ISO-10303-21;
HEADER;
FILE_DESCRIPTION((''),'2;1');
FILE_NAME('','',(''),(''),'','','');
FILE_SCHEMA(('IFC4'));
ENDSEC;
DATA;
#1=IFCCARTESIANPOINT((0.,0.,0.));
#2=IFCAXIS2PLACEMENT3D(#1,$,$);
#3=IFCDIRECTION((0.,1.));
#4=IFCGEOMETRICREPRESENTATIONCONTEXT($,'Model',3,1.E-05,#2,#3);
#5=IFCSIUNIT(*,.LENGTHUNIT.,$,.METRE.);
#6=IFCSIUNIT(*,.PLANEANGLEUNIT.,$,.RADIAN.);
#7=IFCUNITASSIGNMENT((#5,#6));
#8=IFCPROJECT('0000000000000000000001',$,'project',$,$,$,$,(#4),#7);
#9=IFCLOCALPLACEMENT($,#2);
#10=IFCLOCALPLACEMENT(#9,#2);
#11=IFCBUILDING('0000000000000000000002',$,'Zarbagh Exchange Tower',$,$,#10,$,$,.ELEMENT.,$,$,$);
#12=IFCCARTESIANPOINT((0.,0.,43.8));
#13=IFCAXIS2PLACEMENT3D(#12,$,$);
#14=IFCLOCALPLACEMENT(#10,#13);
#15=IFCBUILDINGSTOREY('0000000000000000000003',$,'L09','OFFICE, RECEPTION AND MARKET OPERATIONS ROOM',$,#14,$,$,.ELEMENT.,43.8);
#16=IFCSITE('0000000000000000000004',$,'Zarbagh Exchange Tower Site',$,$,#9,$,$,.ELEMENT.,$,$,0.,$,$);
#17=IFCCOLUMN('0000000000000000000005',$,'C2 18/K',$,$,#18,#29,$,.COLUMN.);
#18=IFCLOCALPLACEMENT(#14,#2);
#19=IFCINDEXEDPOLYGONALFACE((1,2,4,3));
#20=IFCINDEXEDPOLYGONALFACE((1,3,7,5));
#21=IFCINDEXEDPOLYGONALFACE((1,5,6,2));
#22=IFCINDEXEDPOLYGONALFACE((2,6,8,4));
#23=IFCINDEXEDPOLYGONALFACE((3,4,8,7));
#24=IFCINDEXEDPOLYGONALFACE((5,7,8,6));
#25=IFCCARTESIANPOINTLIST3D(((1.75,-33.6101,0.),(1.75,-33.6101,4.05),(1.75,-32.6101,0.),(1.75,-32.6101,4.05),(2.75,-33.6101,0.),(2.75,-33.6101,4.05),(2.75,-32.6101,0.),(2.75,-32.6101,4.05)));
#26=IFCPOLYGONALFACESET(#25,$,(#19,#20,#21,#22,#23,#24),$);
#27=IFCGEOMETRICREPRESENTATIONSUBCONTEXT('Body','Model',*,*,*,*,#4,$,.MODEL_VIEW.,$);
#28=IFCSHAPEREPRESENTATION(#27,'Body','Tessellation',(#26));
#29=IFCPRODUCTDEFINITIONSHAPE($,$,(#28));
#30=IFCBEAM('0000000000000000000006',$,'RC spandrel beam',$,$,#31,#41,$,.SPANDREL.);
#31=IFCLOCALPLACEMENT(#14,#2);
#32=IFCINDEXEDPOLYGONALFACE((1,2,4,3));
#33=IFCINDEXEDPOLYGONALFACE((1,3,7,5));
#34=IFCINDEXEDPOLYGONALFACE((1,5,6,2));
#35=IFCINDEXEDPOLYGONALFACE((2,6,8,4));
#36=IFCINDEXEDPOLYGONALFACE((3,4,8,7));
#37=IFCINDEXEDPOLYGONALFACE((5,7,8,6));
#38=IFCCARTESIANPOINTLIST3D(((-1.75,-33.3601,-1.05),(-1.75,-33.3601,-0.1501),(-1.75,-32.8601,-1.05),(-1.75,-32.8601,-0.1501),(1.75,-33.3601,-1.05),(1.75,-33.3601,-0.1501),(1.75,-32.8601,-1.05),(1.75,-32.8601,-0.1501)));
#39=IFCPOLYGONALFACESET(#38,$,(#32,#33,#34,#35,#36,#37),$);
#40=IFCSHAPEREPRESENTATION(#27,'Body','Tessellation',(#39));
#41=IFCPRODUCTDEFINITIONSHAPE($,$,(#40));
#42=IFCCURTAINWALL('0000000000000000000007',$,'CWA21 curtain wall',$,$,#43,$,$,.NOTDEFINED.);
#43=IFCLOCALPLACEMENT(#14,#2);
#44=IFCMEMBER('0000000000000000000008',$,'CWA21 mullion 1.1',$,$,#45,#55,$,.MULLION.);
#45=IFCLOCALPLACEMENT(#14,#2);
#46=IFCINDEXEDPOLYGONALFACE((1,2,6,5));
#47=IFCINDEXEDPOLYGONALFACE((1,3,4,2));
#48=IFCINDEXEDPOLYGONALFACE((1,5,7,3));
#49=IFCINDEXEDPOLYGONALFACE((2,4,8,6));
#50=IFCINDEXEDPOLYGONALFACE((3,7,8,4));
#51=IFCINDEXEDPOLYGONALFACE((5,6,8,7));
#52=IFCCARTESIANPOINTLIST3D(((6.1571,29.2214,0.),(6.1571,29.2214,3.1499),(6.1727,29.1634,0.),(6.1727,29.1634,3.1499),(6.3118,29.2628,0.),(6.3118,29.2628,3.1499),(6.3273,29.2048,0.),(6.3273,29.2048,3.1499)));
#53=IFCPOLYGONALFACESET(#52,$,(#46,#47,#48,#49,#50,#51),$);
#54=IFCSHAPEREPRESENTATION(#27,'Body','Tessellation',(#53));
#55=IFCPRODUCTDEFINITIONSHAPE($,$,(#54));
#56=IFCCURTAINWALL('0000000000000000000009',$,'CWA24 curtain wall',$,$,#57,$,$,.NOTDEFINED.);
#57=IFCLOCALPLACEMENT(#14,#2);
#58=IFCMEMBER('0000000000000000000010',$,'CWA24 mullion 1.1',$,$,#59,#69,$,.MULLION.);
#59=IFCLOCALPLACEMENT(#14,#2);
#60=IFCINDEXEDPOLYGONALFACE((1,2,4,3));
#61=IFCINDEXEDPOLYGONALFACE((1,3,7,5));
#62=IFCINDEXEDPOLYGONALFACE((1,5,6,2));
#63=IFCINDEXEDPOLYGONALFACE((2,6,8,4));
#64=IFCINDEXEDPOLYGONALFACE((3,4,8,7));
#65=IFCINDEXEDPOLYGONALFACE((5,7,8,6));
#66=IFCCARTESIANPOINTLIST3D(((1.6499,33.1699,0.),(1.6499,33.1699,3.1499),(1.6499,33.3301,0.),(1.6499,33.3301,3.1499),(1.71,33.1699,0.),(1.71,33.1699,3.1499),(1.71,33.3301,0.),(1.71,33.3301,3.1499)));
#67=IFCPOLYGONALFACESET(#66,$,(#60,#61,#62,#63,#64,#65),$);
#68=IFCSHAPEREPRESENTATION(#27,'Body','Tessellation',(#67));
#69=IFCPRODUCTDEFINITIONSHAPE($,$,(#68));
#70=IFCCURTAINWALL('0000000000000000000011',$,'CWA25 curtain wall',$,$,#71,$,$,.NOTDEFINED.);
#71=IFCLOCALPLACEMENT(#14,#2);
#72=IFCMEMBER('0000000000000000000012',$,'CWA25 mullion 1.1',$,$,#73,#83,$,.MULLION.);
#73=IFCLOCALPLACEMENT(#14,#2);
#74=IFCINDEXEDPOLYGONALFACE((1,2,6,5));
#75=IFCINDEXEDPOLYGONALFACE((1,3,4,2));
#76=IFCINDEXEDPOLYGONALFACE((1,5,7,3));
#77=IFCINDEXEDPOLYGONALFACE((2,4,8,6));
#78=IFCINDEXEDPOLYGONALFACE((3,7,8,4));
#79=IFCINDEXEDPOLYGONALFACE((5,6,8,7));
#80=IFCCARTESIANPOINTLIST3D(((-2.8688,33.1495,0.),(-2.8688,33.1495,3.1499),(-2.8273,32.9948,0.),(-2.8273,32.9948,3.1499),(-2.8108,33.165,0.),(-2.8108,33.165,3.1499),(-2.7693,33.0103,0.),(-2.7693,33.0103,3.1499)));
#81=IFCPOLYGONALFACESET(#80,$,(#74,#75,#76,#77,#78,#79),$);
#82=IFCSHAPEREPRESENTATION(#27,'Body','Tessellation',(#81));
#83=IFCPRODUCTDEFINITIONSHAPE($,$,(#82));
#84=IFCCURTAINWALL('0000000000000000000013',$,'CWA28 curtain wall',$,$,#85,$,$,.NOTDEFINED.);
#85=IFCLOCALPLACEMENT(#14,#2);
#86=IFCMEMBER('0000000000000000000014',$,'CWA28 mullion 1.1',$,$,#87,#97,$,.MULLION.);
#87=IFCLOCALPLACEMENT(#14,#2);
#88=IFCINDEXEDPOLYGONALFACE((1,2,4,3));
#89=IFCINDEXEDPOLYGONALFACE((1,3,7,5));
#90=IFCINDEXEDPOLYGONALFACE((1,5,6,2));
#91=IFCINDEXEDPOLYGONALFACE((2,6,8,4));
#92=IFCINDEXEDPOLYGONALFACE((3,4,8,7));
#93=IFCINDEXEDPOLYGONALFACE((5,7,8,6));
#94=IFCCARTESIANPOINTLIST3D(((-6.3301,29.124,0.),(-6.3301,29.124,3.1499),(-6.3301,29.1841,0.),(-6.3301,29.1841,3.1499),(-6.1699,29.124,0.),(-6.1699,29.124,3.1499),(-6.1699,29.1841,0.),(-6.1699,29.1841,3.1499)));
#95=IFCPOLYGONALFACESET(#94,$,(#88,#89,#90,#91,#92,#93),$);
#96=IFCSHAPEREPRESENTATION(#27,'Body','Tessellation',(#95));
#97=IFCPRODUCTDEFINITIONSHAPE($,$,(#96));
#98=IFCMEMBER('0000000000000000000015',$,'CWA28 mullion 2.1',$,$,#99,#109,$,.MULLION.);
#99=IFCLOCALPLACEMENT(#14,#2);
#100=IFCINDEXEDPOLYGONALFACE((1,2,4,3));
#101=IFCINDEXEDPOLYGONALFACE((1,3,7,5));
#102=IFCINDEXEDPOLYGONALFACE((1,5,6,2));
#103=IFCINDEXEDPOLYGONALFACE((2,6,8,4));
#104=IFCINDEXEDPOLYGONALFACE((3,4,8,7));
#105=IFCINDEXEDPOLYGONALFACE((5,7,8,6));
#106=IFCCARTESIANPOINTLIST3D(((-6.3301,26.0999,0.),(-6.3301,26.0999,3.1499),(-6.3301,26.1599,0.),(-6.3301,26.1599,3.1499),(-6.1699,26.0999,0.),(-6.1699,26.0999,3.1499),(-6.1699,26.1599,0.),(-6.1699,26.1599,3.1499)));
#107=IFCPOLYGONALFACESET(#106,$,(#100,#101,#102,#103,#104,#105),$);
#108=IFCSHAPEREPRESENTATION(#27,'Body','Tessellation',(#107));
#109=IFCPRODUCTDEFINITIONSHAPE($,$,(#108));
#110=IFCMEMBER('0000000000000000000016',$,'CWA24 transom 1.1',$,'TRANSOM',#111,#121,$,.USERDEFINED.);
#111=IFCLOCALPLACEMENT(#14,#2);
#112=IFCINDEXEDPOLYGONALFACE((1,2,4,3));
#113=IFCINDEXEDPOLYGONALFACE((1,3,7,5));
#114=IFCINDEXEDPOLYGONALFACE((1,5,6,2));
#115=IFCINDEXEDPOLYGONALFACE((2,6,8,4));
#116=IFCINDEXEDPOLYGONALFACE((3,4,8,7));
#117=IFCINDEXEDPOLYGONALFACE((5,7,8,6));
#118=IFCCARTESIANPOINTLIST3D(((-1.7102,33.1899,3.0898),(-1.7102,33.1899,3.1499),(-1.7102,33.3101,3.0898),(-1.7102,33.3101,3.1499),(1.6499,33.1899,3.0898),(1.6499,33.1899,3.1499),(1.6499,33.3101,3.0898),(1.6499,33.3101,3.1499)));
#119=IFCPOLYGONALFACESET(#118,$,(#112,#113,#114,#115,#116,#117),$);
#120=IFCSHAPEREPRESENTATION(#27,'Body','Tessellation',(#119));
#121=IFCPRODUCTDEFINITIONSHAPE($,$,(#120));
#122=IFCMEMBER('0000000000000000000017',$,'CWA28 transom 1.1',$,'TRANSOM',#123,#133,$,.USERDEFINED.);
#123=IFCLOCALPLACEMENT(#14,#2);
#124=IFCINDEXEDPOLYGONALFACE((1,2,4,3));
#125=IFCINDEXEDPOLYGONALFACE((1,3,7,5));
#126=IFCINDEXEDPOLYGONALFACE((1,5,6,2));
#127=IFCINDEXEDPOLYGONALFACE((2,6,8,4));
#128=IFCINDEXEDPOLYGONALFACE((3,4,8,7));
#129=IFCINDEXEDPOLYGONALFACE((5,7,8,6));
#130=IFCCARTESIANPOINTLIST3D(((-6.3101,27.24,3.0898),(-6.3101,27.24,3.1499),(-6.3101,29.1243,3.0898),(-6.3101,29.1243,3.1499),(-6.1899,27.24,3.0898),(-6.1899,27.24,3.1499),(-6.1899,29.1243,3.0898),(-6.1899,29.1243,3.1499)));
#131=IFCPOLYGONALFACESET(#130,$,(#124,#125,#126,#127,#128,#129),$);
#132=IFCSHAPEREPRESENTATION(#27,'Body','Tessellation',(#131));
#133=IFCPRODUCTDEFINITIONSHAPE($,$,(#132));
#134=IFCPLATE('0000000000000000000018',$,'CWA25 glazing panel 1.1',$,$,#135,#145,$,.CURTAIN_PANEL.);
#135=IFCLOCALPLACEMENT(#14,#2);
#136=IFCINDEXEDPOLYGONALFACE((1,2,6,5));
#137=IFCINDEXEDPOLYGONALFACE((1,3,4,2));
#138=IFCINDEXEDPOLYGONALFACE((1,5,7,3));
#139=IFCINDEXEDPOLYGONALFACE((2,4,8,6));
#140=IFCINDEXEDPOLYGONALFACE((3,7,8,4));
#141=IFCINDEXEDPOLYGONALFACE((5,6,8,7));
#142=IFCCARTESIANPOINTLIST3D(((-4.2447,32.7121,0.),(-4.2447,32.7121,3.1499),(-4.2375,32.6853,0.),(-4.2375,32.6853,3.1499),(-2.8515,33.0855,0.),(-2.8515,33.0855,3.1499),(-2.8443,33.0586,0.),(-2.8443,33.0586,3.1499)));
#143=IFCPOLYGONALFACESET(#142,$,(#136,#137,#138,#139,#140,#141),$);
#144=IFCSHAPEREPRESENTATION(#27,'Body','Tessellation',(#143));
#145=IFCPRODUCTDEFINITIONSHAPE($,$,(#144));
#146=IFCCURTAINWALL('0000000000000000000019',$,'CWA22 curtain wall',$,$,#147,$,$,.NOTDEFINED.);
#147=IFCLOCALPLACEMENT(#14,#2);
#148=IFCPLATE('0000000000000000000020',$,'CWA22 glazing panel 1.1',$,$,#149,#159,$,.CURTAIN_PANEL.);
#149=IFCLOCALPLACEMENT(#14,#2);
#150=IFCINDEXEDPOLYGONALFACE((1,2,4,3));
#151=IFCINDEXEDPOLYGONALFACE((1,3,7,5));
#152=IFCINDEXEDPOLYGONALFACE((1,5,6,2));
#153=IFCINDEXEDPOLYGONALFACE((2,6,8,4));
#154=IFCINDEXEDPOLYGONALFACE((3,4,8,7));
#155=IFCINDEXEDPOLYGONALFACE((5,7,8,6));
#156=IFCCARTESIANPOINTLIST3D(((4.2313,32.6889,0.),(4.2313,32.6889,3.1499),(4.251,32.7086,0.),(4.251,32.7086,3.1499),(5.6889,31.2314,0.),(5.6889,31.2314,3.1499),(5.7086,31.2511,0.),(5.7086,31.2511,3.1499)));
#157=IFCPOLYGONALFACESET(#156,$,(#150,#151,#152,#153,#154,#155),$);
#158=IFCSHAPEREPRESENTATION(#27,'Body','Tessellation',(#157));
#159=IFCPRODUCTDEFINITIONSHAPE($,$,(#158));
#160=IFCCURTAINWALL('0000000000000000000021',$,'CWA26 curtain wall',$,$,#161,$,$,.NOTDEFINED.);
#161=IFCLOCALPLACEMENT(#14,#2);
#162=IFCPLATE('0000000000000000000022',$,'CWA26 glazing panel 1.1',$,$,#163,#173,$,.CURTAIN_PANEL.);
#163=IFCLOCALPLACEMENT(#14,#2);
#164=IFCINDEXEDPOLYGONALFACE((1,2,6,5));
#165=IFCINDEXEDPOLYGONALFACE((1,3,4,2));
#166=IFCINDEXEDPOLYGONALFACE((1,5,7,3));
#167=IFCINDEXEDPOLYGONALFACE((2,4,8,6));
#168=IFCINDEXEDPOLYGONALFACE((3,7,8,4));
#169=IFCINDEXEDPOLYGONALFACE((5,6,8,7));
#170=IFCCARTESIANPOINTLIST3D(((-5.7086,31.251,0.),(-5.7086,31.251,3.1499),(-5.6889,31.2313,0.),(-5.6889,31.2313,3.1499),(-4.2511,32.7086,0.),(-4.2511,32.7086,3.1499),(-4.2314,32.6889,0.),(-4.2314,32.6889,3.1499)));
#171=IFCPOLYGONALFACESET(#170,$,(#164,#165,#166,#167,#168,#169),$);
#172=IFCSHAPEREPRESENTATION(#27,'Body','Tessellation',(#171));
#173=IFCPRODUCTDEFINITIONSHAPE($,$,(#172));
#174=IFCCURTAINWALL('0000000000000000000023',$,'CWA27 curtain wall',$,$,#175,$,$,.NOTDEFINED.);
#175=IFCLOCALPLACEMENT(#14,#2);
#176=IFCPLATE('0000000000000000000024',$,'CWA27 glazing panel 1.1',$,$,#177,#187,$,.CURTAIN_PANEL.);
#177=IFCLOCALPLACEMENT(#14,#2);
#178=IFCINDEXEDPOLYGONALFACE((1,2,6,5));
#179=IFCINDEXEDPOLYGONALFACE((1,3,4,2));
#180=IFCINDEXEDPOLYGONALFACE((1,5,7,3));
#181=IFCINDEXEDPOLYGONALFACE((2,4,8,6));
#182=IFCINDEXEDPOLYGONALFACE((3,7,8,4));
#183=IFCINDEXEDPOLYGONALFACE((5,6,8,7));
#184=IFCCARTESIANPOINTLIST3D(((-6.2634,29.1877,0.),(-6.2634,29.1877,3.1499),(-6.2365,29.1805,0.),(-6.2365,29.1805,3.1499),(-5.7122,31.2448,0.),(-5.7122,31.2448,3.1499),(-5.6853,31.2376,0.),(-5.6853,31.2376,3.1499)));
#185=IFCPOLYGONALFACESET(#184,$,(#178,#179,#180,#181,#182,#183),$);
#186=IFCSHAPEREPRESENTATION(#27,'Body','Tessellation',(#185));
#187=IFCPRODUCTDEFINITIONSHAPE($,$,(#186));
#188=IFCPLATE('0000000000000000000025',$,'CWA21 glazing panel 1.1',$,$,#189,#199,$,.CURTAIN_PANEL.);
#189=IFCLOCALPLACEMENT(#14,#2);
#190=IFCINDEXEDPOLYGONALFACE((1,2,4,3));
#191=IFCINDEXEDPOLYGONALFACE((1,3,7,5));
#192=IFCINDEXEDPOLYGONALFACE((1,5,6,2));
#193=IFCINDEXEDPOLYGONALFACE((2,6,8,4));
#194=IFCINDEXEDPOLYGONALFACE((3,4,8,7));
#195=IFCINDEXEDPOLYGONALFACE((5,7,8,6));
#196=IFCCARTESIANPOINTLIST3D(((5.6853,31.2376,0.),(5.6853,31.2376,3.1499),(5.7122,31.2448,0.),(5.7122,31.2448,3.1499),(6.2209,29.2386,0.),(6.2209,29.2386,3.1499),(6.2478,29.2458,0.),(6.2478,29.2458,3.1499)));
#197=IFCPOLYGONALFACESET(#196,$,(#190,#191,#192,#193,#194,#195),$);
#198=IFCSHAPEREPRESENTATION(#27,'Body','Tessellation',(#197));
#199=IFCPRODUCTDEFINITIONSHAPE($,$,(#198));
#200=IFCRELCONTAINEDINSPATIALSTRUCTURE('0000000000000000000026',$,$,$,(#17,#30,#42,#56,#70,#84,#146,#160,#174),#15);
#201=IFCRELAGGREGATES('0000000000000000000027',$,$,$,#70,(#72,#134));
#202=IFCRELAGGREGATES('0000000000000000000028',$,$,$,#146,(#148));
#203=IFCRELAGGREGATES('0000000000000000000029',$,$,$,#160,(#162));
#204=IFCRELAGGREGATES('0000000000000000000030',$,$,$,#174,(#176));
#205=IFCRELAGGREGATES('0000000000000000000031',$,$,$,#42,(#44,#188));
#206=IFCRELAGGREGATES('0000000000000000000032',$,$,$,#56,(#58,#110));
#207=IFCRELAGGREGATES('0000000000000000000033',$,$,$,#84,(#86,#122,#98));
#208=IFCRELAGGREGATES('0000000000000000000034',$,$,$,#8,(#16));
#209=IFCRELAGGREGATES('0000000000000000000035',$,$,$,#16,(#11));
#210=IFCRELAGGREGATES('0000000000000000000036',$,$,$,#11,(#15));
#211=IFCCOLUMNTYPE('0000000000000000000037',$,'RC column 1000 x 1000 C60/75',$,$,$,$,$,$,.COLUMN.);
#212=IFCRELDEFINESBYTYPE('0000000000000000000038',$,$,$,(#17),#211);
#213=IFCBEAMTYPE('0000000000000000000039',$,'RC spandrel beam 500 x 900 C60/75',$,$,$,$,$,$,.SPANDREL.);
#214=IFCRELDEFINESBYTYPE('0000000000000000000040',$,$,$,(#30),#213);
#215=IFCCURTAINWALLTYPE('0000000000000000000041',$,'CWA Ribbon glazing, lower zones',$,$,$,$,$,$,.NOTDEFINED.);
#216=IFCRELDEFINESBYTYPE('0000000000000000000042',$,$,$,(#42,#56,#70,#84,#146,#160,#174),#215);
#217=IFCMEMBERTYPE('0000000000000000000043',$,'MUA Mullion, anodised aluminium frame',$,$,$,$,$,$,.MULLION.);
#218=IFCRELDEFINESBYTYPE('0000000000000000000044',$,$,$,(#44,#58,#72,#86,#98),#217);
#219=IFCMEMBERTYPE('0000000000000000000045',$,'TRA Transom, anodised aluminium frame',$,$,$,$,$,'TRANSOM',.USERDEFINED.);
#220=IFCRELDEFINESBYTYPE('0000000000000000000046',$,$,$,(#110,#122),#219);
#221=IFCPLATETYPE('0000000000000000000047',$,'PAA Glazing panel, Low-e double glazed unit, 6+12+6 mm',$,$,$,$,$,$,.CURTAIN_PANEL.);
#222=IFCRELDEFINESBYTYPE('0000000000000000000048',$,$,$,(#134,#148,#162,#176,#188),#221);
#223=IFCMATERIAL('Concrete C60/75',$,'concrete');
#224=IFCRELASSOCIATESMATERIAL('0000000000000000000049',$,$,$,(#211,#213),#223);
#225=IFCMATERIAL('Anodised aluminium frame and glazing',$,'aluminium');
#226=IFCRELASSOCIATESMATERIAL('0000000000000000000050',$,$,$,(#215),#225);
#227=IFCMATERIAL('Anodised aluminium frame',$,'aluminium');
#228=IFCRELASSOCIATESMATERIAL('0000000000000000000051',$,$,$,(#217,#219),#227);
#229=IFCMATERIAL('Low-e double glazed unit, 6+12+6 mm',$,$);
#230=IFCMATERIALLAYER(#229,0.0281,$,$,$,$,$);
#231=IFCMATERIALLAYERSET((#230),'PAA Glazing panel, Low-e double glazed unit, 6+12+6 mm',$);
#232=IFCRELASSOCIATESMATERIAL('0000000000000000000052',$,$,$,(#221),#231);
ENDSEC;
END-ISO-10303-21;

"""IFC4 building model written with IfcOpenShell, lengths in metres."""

from ifc_helpers import new_model, si_unit, direction, frame, origin, origin_2d, place, context, subcontext, project, spatial, polyline, rectangle, outline, extrude, source, transform, mapped, material, layer, layer_set, material_profile, profile_set, type_object, element, aggregate, save


model = new_model("IFC4")

# Units and contexts
model_context = context("Model", 3, precision=1e-05, world=origin(), true_north=direction((0.0, 1.0)))
body_context = subcontext(model_context, "Body", "Model", "MODEL_VIEW")
ifc_project = project(units=[si_unit("LENGTHUNIT", "METRE"), si_unit("PLANEANGLEUNIT", "RADIAN")], contexts=[model_context])

# Site, building, storey
site_placement = place(None, origin())
site = spatial("IfcSite", under=ifc_project, at=site_placement, Name="Zarbagh Exchange Tower Site", CompositionType="ELEMENT", RefElevation=0.0)
building_placement = place(site_placement, origin())
building = spatial("IfcBuilding", under=site, at=building_placement, Name="Zarbagh Exchange Tower", CompositionType="ELEMENT")
storey_placement = place(building_placement, frame((0.0, 0.0, 43.8)))
storey = spatial("IfcBuildingStorey", under=building, at=storey_placement, Name="L09", Description="OFFICE, RECEPTION AND MARKET OPERATIONS ROOM", CompositionType="ELEMENT", Elevation=43.8)

# Column
ifc_material_1 = material(Name="Concrete C60/75", Category="concrete")
ifc_material_profile_1 = material_profile(ifc_material_1, rectangle(XDim=1.0, YDim=1.0, at=origin_2d()), Name="RC column 1000 x 1000 C60/75")
ifc_profile_set_1 = profile_set([ifc_material_profile_1], Name="Concrete C60/75")
column_type = type_object("IfcColumnType", Name="RC column 1000 x 1000 C60/75", PredefinedType="COLUMN", material=ifc_profile_set_1)
column_placement = place(storey_placement, frame((2.25, -33.1101, 0.0), z_axis=(0.0, 0.0, 1.0), x_axis=(1.0, 0.0, 0.0)))
element("IfcColumn", 1, at=column_placement, inside=storey, type_object=column_type, Name="C2 18/K", PredefinedType="COLUMN", context=body_context, shape_type="SweptSolid", body=[
    extrude(rectangle(XDim=1.0, YDim=1.0, at=origin_2d()), origin(), (0.0, 0.0, 1.0), 4.05),
])

# Beam
ifc_material_profile_2 = material_profile(ifc_material_1, rectangle(XDim=0.5, YDim=0.8999, at=origin_2d()), Name="RC spandrel beam 500 x 900 C60/75")
ifc_profile_set_2 = profile_set([ifc_material_profile_2], Name="Concrete C60/75")
beam_type = type_object("IfcBeamType", Name="RC spandrel beam 500 x 900 C60/75", PredefinedType="SPANDREL", material=ifc_profile_set_2)
beam_placement = place(storey_placement, frame((1.75, -33.1101, -0.6001), z_axis=(-1.0, 0.0, 0.0), x_axis=(0.0, -1.0, 0.0)))
element("IfcBeam", 2, at=beam_placement, inside=storey, type_object=beam_type, Name="RC spandrel beam", PredefinedType="SPANDREL", context=body_context, shape_type="SweptSolid", body=[
    extrude(rectangle(XDim=0.5, YDim=0.8999, at=origin_2d()), origin(), (0.0, 0.0, 1.0), 3.5),
])

# Curtain walls, members
ifc_material_2 = material(Name="Anodised aluminium frame and glazing", Category="aluminium")
curtain_wall_type = type_object("IfcCurtainWallType", Name="CWA Ribbon glazing, lower zones", PredefinedType="NOTDEFINED", material=ifc_material_2)
curtain_wall_1_placement = place(storey_placement, origin())
curtain_wall_1 = element("IfcCurtainWall", 3, at=curtain_wall_1_placement, inside=storey, type_object=curtain_wall_type, Name="CWA21 curtain wall", PredefinedType="NOTDEFINED")
ifc_material_3 = material(Name="Anodised aluminium frame", Category="aluminium")
member_type_1 = type_object("IfcMemberType", Name="MUA Mullion, anodised aluminium frame", PredefinedType="MULLION", material=ifc_material_3)
shared_shape_1 = source(origin(), body_context, "Body", "SweptSolid", [
    extrude(outline(polyline([(0.0, -0.0801), (0.0601, -0.0801), (0.0601, 0.0801), (0.0, 0.0801), (0.0, -0.0801)])), origin(), (0.0, 0.0, 1.0), 3.1499),
])
placement = place(storey_placement, origin())
member_1 = element("IfcMember", 4, at=placement, type_object=member_type_1, Name="CWA21 mullion 1.1", PredefinedType="MULLION", context=body_context, shape_type="MappedRepresentation", body=[
    mapped(shared_shape_1, transform((6.25, 29.1841, 0.0), x_axis=(-0.258825, 0.965924, 0.0), y_axis=(-0.965924, -0.258825, 0.0), z_axis=(0.0, 0.0, 1.0))),
])
curtain_wall_2_placement = place(storey_placement, origin())
curtain_wall_2 = element("IfcCurtainWall", 5, at=curtain_wall_2_placement, inside=storey, type_object=curtain_wall_type, Name="CWA24 curtain wall", PredefinedType="NOTDEFINED")
member_2 = element("IfcMember", 6, at=placement, type_object=member_type_1, Name="CWA24 mullion 1.1", PredefinedType="MULLION", context=body_context, shape_type="MappedRepresentation", body=[
    mapped(shared_shape_1, transform((1.71, 33.25, 0.0), x_axis=(-1.0, 0.0, 0.0), y_axis=(0.0, -1.0, 0.0), z_axis=(0.0, 0.0, 1.0))),
])
curtain_wall_3_placement = place(storey_placement, origin())
curtain_wall_3 = element("IfcCurtainWall", 7, at=curtain_wall_3_placement, inside=storey, type_object=curtain_wall_type, Name="CWA25 curtain wall", PredefinedType="NOTDEFINED")
member_3 = element("IfcMember", 8, at=placement, type_object=member_type_1, Name="CWA25 mullion 1.1", PredefinedType="MULLION", context=body_context, shape_type="MappedRepresentation", body=[
    mapped(shared_shape_1, transform((-2.79, 33.0876, 0.0), x_axis=(-0.965924, -0.258825, 0.0), y_axis=(0.258825, -0.965924, 0.0), z_axis=(0.0, 0.0, 1.0))),
])

# Curtain wall, members
curtain_wall_4_placement = place(storey_placement, origin())
curtain_wall_4 = element("IfcCurtainWall", 9, at=curtain_wall_4_placement, inside=storey, type_object=curtain_wall_type, Name="CWA28 curtain wall", PredefinedType="NOTDEFINED")
member_4 = element("IfcMember", 10, at=placement, type_object=member_type_1, Name="CWA28 mullion 1.1", PredefinedType="MULLION", context=body_context, shape_type="MappedRepresentation", body=[
    mapped(shared_shape_1, transform((-6.25, 29.1841, 0.0), x_axis=(0.0, -1.0, 0.0), y_axis=(1.0, 0.0, 0.0), z_axis=(0.0, 0.0, 1.0))),
])
member_5 = element("IfcMember", 11, at=placement, type_object=member_type_1, Name="CWA28 mullion 2.1", PredefinedType="MULLION", context=body_context, shape_type="MappedRepresentation", body=[
    mapped(shared_shape_1, transform((-6.25, 26.1599, 0.0), x_axis=(0.0, -1.0, 0.0), y_axis=(1.0, 0.0, 0.0), z_axis=(0.0, 0.0, 1.0))),
])

# Members
member_type_2 = type_object("IfcMemberType", Name="TRA Transom, anodised aluminium frame", ElementType="TRANSOM", PredefinedType="USERDEFINED", material=ifc_material_3)
shared_shape_2 = source(origin(), body_context, "Body", "SweptSolid", [
    extrude(outline(polyline([(-0.0601, -0.0601), (0.0, -0.0601), (0.0, 0.0601), (-0.0601, 0.0601), (-0.0601, -0.0601)])), origin(), (0.0, 0.0, 1.0), 3.3601),
])
member_6 = element("IfcMember", 12, at=placement, type_object=member_type_2, Name="CWA24 transom 1.1", ObjectType="TRANSOM", PredefinedType="USERDEFINED", context=body_context, shape_type="MappedRepresentation", body=[
    mapped(shared_shape_2, transform((1.6499, 33.25, 3.1499), x_axis=(0.0, 0.0, 1.0), y_axis=(0.0, 1.0, 0.0), z_axis=(-1.0, 0.0, 0.0))),
])
shared_shape_3 = source(origin(), body_context, "Body", "SweptSolid", [
    extrude(outline(polyline([(-0.0601, -0.0601), (0.0, -0.0601), (0.0, 0.0601), (-0.0601, 0.0601), (-0.0601, -0.0601)])), origin(), (0.0, 0.0, 1.0), 1.8843),
])
member_7 = element("IfcMember", 13, at=placement, type_object=member_type_2, Name="CWA28 transom 1.1", ObjectType="TRANSOM", PredefinedType="USERDEFINED", context=body_context, shape_type="MappedRepresentation", body=[
    mapped(shared_shape_3, transform((-6.25, 29.1243, 3.1499), x_axis=(0.0, 0.0, 1.0), y_axis=(-1.0, 0.0, 0.0), z_axis=(0.0, -1.0, 0.0))),
])

# Plate
ifc_material_4 = material(Name="Low-e double glazed unit, 6+12+6 mm")
ifc_layer_1 = layer(ifc_material_4, 0.0281)
ifc_layer_set_1 = layer_set([ifc_layer_1], Name="PAA Glazing panel, Low-e double glazed unit, 6+12+6 mm")
plate_type = type_object("IfcPlateType", Name="PAA Glazing panel, Low-e double glazed unit, 6+12+6 mm", PredefinedType="CURTAIN_PANEL", material=ifc_layer_set_1)
shared_shape_4 = source(origin(), body_context, "Body", "SweptSolid", [
    extrude(outline(polyline([(0.0, -0.0139), (1.4424, -0.0139), (1.4424, 0.0139), (0.0, 0.0139), (0.0, -0.0139)])), origin(), (0.0, 0.0, 1.0), 3.1499),
])
plate_1 = element("IfcPlate", 14, at=placement, type_object=plate_type, Name="CWA25 glazing panel 1.1", PredefinedType="CURTAIN_PANEL", context=body_context, shape_type="MappedRepresentation", body=[
    mapped(shared_shape_4, transform((-2.8479, 33.072, 0.0), x_axis=(-0.965924, -0.258825, 0.0), y_axis=(0.258825, -0.965924, 0.0), z_axis=(0.0, 0.0, 1.0))),
])
aggregate(curtain_wall_3, [member_3, plate_1])

# Curtain walls, plates
curtain_wall_5_placement = place(storey_placement, origin())
curtain_wall_5 = element("IfcCurtainWall", 15, at=curtain_wall_5_placement, inside=storey, type_object=curtain_wall_type, Name="CWA22 curtain wall", PredefinedType="NOTDEFINED")
shared_shape_5 = source(origin(), body_context, "Body", "SweptSolid", [
    extrude(outline(polyline([(0.0, -0.0139), (2.0613, -0.0139), (2.0613, 0.0139), (0.0, 0.0139), (0.0, -0.0139)])), origin(), (0.0, 0.0, 1.0), 3.1499),
])
plate_2 = element("IfcPlate", 16, at=placement, type_object=plate_type, Name="CWA22 glazing panel 1.1", PredefinedType="CURTAIN_PANEL", context=body_context, shape_type="MappedRepresentation", body=[
    mapped(shared_shape_5, transform((5.6987, 31.2412, 0.0), x_axis=(-0.707107, 0.707107, 0.0), y_axis=(-0.707107, -0.707107, 0.0), z_axis=(0.0, 0.0, 1.0))),
])
aggregate(curtain_wall_5, [plate_2])
curtain_wall_6_placement = place(storey_placement, origin())
curtain_wall_6 = element("IfcCurtainWall", 17, at=curtain_wall_6_placement, inside=storey, type_object=curtain_wall_type, Name="CWA26 curtain wall", PredefinedType="NOTDEFINED")
plate_3 = element("IfcPlate", 18, at=placement, type_object=plate_type, Name="CWA26 glazing panel 1.1", PredefinedType="CURTAIN_PANEL", context=body_context, shape_type="MappedRepresentation", body=[
    mapped(shared_shape_5, transform((-4.2412, 32.6987, 0.0), x_axis=(-0.707107, -0.707107, 0.0), y_axis=(0.707107, -0.707107, 0.0), z_axis=(0.0, 0.0, 1.0))),
])
aggregate(curtain_wall_6, [plate_3])
curtain_wall_7_placement = place(storey_placement, origin())
curtain_wall_7 = element("IfcCurtainWall", 19, at=curtain_wall_7_placement, inside=storey, type_object=curtain_wall_type, Name="CWA27 curtain wall", PredefinedType="NOTDEFINED")
shared_shape_6 = source(origin(), body_context, "Body", "SweptSolid", [
    extrude(outline(polyline([(0.0, -0.0139), (2.1296, -0.0139), (2.1296, 0.0139), (0.0, 0.0139), (0.0, -0.0139)])), origin(), (0.0, 0.0, 1.0), 3.1499),
])
plate_4 = element("IfcPlate", 20, at=placement, type_object=plate_type, Name="CWA27 glazing panel 1.1", PredefinedType="CURTAIN_PANEL", context=body_context, shape_type="MappedRepresentation", body=[
    mapped(shared_shape_6, transform((-5.6987, 31.2412, 0.0), x_axis=(-0.258825, -0.965924, 0.0), y_axis=(0.965924, -0.258825, 0.0), z_axis=(0.0, 0.0, 1.0))),
])
aggregate(curtain_wall_7, [plate_4])

# Plate
shared_shape_7 = source(origin(), body_context, "Body", "SweptSolid", [
    extrude(outline(polyline([(0.0, -0.0139), (2.0696, -0.0139), (2.0696, 0.0139), (0.0, 0.0139), (0.0, -0.0139)])), origin(), (0.0, 0.0, 1.0), 3.1499),
])
plate_5 = element("IfcPlate", 21, at=placement, type_object=plate_type, Name="CWA21 glazing panel 1.1", PredefinedType="CURTAIN_PANEL", context=body_context, shape_type="MappedRepresentation", body=[
    mapped(shared_shape_7, transform((6.2344, 29.2422, 0.0), x_axis=(-0.258825, 0.965924, 0.0), y_axis=(-0.965924, -0.258825, 0.0), z_axis=(0.0, 0.0, 1.0))),
])
aggregate(curtain_wall_1, [member_1, plate_5])

aggregate(curtain_wall_2, [member_2, member_6])

aggregate(curtain_wall_4, [member_4, member_7, member_5])

save(model, "model.ifc")
